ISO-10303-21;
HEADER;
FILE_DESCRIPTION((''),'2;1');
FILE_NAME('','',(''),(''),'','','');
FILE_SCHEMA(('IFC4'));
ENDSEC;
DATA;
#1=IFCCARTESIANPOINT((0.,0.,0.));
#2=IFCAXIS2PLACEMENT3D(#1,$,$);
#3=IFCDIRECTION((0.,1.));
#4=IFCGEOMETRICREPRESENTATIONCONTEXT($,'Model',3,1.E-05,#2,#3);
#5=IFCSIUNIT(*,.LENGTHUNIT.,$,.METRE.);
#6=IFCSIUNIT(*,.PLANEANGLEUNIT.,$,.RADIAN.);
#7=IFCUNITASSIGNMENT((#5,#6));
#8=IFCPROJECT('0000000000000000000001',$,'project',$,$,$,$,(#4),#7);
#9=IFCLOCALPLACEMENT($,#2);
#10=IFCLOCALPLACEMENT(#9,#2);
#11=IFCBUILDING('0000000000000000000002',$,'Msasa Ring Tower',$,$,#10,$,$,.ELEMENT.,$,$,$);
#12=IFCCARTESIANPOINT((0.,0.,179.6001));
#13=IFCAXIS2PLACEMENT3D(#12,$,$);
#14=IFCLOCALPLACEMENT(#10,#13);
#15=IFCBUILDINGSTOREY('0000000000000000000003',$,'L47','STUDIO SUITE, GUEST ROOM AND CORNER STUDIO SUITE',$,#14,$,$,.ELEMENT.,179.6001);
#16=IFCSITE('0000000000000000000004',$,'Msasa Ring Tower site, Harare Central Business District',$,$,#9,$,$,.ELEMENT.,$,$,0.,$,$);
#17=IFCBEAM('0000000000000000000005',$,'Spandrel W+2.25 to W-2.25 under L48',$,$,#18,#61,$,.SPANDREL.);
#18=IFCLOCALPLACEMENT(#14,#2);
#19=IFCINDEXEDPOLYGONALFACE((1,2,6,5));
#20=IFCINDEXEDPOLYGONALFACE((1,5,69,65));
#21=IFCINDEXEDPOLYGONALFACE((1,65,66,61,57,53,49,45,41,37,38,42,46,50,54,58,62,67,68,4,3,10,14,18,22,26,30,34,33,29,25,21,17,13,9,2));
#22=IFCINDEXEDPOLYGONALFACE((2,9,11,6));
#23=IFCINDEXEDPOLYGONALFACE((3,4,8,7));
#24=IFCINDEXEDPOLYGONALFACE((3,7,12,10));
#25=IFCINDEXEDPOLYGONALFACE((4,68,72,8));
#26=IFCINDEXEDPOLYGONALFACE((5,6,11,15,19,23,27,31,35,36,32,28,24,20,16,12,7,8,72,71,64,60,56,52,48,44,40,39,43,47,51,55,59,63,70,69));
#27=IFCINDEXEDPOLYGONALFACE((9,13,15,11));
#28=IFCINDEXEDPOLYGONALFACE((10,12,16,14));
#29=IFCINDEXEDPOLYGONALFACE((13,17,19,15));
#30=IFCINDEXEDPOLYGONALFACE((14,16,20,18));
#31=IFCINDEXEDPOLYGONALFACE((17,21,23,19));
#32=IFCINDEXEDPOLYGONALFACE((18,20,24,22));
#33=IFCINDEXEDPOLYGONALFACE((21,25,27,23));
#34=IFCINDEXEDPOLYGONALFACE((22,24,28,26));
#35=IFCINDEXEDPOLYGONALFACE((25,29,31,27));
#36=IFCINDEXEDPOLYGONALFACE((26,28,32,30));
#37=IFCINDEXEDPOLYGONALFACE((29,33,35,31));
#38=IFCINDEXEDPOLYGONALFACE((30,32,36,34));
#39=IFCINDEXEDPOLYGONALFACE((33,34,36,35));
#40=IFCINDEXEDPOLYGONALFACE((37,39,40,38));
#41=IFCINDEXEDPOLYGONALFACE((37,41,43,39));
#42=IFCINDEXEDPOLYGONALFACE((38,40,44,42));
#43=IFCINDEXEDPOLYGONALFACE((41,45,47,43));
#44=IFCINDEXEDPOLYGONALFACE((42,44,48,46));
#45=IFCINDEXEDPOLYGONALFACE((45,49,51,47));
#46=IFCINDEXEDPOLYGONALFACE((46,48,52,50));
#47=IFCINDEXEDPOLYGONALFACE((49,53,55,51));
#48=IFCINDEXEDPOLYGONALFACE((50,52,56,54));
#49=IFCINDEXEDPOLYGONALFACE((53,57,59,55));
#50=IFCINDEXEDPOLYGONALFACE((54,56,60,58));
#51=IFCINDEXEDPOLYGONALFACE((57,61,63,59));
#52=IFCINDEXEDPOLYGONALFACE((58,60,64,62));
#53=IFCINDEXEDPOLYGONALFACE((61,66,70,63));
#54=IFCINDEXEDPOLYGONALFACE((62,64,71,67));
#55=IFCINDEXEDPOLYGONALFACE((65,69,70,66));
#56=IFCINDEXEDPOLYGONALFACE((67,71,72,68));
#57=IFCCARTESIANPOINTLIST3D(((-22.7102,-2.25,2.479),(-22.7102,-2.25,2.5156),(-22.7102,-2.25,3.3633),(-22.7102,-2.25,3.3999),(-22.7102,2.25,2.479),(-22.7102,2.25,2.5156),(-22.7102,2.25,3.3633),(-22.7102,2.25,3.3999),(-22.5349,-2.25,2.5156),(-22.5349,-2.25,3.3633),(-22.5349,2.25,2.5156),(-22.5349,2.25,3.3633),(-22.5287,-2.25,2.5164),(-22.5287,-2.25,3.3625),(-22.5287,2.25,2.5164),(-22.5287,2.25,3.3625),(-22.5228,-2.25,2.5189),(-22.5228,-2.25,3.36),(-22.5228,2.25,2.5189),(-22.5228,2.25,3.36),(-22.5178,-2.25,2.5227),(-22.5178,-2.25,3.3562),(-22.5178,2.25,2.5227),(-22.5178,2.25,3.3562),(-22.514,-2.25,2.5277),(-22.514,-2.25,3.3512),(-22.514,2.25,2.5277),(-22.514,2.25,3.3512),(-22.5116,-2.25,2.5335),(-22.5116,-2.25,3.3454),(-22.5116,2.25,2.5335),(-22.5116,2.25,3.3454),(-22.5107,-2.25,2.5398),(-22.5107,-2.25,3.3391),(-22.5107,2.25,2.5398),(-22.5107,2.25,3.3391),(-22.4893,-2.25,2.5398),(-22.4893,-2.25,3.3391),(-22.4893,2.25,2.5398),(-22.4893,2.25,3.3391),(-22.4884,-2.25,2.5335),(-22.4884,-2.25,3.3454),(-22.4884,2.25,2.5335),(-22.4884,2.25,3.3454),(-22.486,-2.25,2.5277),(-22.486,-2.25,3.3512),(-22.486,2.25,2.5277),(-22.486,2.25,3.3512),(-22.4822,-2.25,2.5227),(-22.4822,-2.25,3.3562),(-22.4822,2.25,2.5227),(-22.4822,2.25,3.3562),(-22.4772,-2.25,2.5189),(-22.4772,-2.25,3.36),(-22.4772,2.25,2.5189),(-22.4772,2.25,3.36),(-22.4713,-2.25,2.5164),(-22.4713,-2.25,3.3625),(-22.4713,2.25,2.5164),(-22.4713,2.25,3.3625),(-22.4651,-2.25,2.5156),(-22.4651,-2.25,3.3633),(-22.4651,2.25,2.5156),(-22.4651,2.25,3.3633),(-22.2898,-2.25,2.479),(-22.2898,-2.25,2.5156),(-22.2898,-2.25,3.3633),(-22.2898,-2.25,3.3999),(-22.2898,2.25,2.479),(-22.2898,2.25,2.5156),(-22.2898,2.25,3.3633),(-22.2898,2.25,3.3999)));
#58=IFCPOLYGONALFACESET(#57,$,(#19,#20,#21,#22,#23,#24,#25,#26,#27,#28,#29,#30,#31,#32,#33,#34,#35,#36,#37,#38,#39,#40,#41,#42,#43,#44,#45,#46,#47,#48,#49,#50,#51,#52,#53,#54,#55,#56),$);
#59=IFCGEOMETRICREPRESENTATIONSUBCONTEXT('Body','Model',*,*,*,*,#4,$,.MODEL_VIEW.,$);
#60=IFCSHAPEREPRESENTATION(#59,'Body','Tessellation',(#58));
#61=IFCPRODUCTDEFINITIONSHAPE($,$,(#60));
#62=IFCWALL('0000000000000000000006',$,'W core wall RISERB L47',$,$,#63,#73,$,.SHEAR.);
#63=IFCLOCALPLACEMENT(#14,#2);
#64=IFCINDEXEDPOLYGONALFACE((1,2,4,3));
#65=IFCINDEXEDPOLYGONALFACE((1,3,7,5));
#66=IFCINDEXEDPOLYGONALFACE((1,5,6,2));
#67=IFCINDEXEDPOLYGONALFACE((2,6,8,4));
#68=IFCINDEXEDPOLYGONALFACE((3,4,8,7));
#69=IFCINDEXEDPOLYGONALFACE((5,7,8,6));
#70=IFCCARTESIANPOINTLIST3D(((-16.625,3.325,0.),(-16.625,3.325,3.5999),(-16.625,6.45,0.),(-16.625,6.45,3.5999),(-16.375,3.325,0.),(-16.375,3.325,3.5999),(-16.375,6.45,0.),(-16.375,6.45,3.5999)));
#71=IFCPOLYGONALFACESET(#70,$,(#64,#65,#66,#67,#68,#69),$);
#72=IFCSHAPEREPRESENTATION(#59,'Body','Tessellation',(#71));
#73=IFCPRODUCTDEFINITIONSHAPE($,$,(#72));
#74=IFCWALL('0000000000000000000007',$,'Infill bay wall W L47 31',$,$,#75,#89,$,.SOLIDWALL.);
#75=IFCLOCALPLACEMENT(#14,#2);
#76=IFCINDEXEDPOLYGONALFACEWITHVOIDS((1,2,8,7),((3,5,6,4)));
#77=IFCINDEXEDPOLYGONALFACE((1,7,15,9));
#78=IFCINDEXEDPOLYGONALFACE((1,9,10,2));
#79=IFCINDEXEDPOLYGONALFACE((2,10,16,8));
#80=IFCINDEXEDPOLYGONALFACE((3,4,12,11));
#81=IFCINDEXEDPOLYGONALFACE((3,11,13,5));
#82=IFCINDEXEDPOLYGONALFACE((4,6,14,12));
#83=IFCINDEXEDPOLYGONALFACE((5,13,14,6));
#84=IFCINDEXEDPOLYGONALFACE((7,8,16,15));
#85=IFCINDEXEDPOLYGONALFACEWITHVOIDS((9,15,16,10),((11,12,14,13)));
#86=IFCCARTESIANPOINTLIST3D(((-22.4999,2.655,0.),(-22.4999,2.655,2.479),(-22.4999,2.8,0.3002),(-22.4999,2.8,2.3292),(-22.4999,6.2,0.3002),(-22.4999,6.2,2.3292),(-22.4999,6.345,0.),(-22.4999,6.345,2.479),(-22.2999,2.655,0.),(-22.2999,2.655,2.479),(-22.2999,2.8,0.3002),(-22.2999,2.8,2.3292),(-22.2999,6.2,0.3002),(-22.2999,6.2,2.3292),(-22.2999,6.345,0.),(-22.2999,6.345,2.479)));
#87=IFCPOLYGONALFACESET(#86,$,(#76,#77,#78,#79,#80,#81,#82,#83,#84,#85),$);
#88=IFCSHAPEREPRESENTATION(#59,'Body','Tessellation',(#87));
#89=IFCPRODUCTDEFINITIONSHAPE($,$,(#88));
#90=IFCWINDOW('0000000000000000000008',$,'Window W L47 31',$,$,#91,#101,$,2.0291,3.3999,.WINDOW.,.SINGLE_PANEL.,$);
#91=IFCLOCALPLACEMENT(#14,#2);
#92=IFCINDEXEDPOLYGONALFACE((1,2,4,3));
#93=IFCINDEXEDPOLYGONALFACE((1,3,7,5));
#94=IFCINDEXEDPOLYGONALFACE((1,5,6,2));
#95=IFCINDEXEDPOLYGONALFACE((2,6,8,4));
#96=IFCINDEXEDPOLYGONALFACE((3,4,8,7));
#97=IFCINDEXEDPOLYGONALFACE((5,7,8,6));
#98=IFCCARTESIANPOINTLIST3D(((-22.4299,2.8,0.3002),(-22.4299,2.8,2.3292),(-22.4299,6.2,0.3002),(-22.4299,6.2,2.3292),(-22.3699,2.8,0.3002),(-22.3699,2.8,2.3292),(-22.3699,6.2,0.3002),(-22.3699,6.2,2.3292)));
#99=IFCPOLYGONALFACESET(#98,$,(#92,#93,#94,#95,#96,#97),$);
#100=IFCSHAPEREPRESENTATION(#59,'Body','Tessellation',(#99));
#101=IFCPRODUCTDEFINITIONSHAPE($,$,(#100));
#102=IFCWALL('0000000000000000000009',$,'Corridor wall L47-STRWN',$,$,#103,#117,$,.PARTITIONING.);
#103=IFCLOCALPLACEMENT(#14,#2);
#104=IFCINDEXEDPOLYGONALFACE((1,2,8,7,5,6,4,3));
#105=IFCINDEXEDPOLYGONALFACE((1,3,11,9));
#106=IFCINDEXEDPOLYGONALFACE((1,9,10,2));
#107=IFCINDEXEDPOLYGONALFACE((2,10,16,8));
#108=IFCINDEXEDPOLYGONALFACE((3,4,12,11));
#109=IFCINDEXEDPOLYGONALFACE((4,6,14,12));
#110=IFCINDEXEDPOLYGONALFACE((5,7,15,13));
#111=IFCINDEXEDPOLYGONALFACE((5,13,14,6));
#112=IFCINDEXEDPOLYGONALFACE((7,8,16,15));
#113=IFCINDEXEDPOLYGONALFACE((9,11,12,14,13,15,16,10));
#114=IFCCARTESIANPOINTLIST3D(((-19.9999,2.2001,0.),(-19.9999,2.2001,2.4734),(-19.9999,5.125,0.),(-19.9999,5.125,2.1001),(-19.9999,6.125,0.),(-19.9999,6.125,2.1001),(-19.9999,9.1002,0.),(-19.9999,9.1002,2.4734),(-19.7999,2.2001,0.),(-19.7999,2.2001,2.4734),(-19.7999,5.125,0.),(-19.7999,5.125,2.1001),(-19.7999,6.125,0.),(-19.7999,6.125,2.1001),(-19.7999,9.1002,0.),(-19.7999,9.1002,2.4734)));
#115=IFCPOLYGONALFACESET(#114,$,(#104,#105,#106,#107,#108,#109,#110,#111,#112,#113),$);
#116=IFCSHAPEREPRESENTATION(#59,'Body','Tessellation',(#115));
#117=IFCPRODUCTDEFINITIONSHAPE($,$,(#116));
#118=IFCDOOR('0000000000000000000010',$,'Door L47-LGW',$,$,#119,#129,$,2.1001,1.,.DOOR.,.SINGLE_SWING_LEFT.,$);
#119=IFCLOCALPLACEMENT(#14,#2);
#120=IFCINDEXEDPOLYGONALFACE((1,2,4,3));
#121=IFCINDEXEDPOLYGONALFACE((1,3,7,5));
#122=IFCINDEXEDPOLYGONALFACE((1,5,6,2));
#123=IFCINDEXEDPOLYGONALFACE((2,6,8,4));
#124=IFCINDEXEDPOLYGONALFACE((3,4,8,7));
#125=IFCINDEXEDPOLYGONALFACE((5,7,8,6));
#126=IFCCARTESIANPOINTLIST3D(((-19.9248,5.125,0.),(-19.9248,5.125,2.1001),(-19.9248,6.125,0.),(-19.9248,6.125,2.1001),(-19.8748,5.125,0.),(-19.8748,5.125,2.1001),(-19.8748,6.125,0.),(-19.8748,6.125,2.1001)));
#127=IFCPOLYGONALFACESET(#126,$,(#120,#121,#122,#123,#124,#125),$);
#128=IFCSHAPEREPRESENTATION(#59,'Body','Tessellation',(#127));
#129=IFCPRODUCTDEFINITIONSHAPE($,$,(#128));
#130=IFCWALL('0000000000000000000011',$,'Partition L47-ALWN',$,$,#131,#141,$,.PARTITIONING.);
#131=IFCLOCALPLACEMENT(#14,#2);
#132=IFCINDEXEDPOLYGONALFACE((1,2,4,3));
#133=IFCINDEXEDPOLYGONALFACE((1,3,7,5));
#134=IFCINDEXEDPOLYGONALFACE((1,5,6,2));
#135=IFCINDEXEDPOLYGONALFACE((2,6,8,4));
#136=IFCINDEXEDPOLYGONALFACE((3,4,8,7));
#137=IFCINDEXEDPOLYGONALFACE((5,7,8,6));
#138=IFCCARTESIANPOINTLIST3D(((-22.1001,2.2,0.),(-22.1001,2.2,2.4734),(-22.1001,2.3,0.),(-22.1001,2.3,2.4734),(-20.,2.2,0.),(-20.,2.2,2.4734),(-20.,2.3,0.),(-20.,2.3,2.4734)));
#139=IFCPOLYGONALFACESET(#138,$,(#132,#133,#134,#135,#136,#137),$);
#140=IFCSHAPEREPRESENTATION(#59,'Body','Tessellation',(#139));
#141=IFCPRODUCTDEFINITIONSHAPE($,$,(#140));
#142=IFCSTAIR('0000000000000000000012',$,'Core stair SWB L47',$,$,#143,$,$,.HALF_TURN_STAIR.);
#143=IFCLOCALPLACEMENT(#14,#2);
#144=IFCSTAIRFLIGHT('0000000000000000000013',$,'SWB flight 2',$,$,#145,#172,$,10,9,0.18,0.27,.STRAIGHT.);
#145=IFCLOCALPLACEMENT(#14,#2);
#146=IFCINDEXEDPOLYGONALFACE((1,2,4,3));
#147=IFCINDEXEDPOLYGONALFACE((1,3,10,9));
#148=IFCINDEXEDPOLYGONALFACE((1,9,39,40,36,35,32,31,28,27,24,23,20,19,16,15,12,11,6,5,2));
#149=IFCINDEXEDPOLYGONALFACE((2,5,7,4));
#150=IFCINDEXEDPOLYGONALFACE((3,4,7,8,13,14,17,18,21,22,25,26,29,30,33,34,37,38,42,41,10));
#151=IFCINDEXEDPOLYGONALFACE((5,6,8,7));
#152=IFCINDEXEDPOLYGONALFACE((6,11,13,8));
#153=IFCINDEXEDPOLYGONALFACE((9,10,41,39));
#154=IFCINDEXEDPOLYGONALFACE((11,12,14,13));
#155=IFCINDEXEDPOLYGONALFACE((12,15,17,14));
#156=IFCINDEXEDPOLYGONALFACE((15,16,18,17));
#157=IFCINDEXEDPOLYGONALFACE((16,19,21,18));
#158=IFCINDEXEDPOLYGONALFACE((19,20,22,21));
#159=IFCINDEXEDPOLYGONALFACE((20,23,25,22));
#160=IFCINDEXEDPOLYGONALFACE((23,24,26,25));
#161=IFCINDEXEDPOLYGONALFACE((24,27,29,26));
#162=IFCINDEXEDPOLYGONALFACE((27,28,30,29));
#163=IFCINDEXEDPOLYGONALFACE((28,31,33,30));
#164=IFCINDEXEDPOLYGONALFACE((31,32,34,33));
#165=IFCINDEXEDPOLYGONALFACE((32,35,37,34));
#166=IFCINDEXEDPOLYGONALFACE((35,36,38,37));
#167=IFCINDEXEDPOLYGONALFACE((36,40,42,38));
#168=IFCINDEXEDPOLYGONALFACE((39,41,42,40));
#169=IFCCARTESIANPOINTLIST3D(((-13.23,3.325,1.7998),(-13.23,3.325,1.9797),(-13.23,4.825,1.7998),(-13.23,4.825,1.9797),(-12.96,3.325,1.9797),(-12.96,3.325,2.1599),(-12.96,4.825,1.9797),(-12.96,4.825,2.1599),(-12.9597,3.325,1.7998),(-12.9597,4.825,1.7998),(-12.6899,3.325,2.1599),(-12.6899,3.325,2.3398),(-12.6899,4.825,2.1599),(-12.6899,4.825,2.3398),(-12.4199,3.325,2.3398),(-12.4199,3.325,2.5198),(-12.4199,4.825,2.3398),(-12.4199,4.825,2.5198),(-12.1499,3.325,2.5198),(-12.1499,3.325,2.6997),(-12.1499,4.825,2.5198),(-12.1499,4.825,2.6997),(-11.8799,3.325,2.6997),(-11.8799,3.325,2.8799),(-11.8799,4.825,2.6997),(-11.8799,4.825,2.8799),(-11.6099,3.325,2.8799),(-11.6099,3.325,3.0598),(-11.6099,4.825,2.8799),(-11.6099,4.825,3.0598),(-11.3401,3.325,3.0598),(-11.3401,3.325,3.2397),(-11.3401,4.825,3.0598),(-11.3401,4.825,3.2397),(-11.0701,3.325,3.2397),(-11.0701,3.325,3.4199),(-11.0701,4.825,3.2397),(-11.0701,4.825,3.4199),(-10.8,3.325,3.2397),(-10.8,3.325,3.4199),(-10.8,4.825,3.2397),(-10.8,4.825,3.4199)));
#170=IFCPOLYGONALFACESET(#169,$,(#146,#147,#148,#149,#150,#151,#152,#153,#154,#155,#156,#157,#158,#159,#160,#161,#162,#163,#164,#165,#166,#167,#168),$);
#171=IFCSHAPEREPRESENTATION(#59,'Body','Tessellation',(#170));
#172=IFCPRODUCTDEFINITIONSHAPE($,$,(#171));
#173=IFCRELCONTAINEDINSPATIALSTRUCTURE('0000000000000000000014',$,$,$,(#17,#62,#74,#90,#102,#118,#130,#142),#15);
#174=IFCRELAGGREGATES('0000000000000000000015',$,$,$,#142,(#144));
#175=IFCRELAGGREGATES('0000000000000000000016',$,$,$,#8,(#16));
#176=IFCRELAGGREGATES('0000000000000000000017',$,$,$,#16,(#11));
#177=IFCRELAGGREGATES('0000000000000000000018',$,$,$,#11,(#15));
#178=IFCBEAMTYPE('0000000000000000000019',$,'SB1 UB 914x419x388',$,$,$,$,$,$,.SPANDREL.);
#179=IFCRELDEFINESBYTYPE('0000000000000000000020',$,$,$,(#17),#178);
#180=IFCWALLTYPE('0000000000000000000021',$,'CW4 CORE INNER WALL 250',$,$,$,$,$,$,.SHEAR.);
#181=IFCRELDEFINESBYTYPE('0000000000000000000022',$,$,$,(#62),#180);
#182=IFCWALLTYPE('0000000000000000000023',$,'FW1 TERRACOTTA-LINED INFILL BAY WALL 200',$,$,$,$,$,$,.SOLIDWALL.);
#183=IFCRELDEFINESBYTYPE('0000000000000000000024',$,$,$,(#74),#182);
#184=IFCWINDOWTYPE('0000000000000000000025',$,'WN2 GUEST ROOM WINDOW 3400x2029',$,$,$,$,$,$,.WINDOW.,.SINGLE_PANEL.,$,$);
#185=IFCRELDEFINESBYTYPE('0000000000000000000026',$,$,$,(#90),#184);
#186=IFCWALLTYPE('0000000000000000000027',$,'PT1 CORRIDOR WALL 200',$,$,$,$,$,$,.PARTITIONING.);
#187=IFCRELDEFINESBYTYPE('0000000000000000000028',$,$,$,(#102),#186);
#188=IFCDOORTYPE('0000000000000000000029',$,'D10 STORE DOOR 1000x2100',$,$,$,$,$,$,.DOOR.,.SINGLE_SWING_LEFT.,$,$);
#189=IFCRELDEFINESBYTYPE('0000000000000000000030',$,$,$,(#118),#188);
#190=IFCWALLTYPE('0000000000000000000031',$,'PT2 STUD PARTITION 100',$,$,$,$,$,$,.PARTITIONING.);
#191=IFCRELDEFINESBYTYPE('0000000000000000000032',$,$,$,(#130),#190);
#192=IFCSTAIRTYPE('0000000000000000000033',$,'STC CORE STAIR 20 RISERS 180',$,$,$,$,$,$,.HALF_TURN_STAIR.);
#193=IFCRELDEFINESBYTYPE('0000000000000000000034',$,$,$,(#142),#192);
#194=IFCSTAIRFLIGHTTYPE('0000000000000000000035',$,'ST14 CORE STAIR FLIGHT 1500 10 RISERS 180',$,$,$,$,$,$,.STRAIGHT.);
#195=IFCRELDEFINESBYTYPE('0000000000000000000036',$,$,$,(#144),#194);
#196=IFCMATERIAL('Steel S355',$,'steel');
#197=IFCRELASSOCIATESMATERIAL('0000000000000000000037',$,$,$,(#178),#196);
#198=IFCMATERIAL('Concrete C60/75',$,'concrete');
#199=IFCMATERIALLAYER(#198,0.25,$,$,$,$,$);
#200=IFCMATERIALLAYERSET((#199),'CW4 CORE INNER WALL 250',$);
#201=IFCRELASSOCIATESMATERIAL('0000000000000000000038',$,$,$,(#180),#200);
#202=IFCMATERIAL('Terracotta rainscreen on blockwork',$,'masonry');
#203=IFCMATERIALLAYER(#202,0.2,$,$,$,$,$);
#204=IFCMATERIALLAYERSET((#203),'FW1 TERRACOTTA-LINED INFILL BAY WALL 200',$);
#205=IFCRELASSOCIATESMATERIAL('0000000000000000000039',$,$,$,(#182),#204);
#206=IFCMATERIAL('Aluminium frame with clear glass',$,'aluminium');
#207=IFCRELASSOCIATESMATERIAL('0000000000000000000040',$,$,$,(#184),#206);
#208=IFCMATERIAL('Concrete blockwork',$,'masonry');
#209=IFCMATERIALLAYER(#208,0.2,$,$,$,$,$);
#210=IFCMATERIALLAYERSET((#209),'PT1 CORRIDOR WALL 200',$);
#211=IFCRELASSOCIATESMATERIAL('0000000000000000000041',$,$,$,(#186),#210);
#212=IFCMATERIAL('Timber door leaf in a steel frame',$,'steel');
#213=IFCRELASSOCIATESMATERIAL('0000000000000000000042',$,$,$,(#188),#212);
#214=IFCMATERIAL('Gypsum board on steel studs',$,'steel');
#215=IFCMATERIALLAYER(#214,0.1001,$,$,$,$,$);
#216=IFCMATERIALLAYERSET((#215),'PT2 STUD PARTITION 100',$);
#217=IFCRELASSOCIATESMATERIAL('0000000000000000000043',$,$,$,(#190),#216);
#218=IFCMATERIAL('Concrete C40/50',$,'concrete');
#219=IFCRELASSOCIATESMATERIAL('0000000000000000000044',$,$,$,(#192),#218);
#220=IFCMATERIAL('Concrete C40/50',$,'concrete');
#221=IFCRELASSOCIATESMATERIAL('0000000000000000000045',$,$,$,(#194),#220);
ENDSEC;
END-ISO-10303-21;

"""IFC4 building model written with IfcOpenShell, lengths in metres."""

from ifc_helpers import new_model, si_unit, direction, frame, frame_2d, origin, origin_2d, place, context, subcontext, project, spatial, polyline, rectangle, i_section, outline, extrude, material, layer, layer_set, material_profile, profile_set, type_object, element, fill, aggregate, save


model = new_model("IFC4")

# Units and contexts
model_context = context("Model", 3, precision=1e-05, world=origin(), true_north=direction((0.0, 1.0)))
body_context = subcontext(model_context, "Body", "Model", "MODEL_VIEW")
ifc_project = project(units=[si_unit("LENGTHUNIT", "METRE"), si_unit("PLANEANGLEUNIT", "RADIAN")], contexts=[model_context])

# Site, building, storey
site_placement = place(None, origin())
site = spatial("IfcSite", under=ifc_project, at=site_placement, Name="Msasa Ring Tower site, Harare Central Business District", CompositionType="ELEMENT", RefElevation=0.0)
building_placement = place(site_placement, origin())
building = spatial("IfcBuilding", under=site, at=building_placement, Name="Msasa Ring Tower", CompositionType="ELEMENT")
storey_placement = place(building_placement, frame((0.0, 0.0, 179.6001)))
storey = spatial("IfcBuildingStorey", under=building, at=storey_placement, Name="L47", Description="STUDIO SUITE, GUEST ROOM AND CORNER STUDIO SUITE", CompositionType="ELEMENT", Elevation=179.6001)

# Beam
ifc_material_1 = material(Name="Steel S355", Category="steel")
ifc_material_profile_1 = material_profile(ifc_material_1, i_section(OverallWidth=0.4204, OverallDepth=0.9209, WebThickness=0.0215, FlangeThickness=0.0366, FilletRadius=0.0242, at=origin_2d()), Name="UB 914x419x388")
ifc_profile_set_1 = profile_set([ifc_material_profile_1], Name="Steel S355")
beam_type_1 = type_object("IfcBeamType", Name="SB1 UB 914x419x388", PredefinedType="SPANDREL", material=ifc_profile_set_1)
for number, where, z_axis, x_axis, name in (
    (1, (-22.5, 2.25, 2.9395), (0.0, -1.0, 0.0), (1.0, 0.0, 0.0), "Spandrel W+2.25 to W-2.25 under L48"),
):
    element("IfcBeam", number, at=place(storey_placement, frame(where, z_axis=z_axis, x_axis=x_axis)), inside=storey, type_object=beam_type_1, Name=name, PredefinedType="SPANDREL", context=body_context, shape_type="SweptSolid", body=[
        extrude(i_section(OverallWidth=0.4204, OverallDepth=0.9209, WebThickness=0.0215, FlangeThickness=0.0366, FilletRadius=0.0242, at=origin_2d()), origin(), (0.0, 0.0, 1.0), 4.5),
    ])

# Wall
ifc_material_2 = material(Name="Concrete C60/75", Category="concrete")
ifc_layer_1 = layer(ifc_material_2, 0.25)
ifc_layer_set_1 = layer_set([ifc_layer_1], Name="CW4 CORE INNER WALL 250")
wall_type_1 = type_object("IfcWallType", Name="CW4 CORE INNER WALL 250", PredefinedType="SHEAR", material=ifc_layer_set_1)
wall_1_placement = place(storey_placement, frame((-16.5, 3.325, 0.0), z_axis=(0.0, 0.0, 1.0), x_axis=(0.0, 1.0, 0.0)))
element("IfcWall", 2, at=wall_1_placement, inside=storey, type_object=wall_type_1, Name="W core wall RISERB L47", PredefinedType="SHEAR", context=body_context, shape_type="SweptSolid", body=[
    extrude(rectangle(XDim=3.125, YDim=0.25, at=frame_2d((1.5625, 0.0))), origin(), (0.0, 0.0, 1.0), 3.5999),
])

# Wall, opening, window
ifc_material_3 = material(Name="Terracotta rainscreen on blockwork", Category="masonry")
ifc_layer_2 = layer(ifc_material_3, 0.2)
ifc_layer_set_2 = layer_set([ifc_layer_2], Name="FW1 TERRACOTTA-LINED INFILL BAY WALL 200")
wall_type_2 = type_object("IfcWallType", Name="FW1 TERRACOTTA-LINED INFILL BAY WALL 200", PredefinedType="SOLIDWALL", material=ifc_layer_set_2)
wall_2_placement = place(storey_placement, frame((-22.3999, 2.655, 0.0), z_axis=(0.0, 0.0, 1.0), x_axis=(0.0, 1.0, 0.0)))
wall_2 = element("IfcWall", 3, at=wall_2_placement, inside=storey, type_object=wall_type_2, Name="Infill bay wall W L47 31", PredefinedType="SOLIDWALL", context=body_context, shape_type="SweptSolid", body=[
    extrude(rectangle(XDim=3.6899, YDim=0.2, at=frame_2d((1.845, 0.0))), origin(), (0.0, 0.0, 1.0), 2.479),
])
opening_1_placement = place(wall_2_placement, frame((0.145, 0.0, 0.3)))
opening_1 = element("IfcOpeningElement", 4, at=opening_1_placement, cuts=wall_2, PredefinedType="OPENING", context=body_context, shape_type="SweptSolid", body=[
    extrude(rectangle(XDim=3.3999, YDim=2.0291, at=frame_2d((1.7, 1.0146))), frame((0.0, 0.1099, 0.0), z_axis=(0.0, -1.0, 0.0), x_axis=(1.0, 0.0, 0.0)), (0.0, 0.0, 1.0), 0.22),
])
ifc_material_4 = material(Name="Aluminium frame with clear glass", Category="aluminium")
window_type = type_object("IfcWindowType", Name="WN2 GUEST ROOM WINDOW 3400x2029", PartitioningType="SINGLE_PANEL", PredefinedType="WINDOW", material=ifc_material_4)
window_placement = place(opening_1_placement, origin())
window = element("IfcWindow", 5, at=window_placement, inside=storey, type_object=window_type, Name="Window W L47 31", OverallHeight=2.0291, OverallWidth=3.3999, PartitioningType="SINGLE_PANEL", PredefinedType="WINDOW", context=body_context, shape_type="SweptSolid", body=[
    extrude(rectangle(XDim=3.3999, YDim=2.0291, at=frame_2d((1.7, 1.0146))), frame((0.0, 0.03, 0.0), z_axis=(0.0, -1.0, 0.0), x_axis=(1.0, 0.0, 0.0)), (0.0, 0.0, 1.0), 0.0601),
])
fill(opening_1, window)

# Wall, opening, door
ifc_material_5 = material(Name="Concrete blockwork", Category="masonry")
ifc_layer_3 = layer(ifc_material_5, 0.2)
ifc_layer_set_3 = layer_set([ifc_layer_3], Name="PT1 CORRIDOR WALL 200")
wall_type_3 = type_object("IfcWallType", Name="PT1 CORRIDOR WALL 200", PredefinedType="PARTITIONING", material=ifc_layer_set_3)
wall_3_placement = place(storey_placement, frame((-19.8999, 2.2, 0.0), z_axis=(0.0, 0.0, 1.0), x_axis=(0.0, 1.0, 0.0)))
wall_3 = element("IfcWall", 6, at=wall_3_placement, inside=storey, type_object=wall_type_3, Name="Corridor wall L47-STRWN", PredefinedType="PARTITIONING", context=body_context, shape_type="SweptSolid", body=[
    extrude(rectangle(XDim=6.9001, YDim=0.2, at=frame_2d((3.4502, 0.0))), origin(), (0.0, 0.0, 1.0), 2.4734),
])
opening_2_placement = place(wall_3_placement, frame((2.925, 0.0, 0.0)))
opening_2 = element("IfcOpeningElement", 7, at=opening_2_placement, cuts=wall_3, PredefinedType="OPENING", context=body_context, shape_type="SweptSolid", body=[
    extrude(rectangle(XDim=1.0, YDim=2.1001, at=frame_2d((0.5, 1.05))), frame((0.0, 0.1099, 0.0), z_axis=(0.0, -1.0, 0.0), x_axis=(1.0, 0.0, 0.0)), (0.0, 0.0, 1.0), 0.22),
])
ifc_material_6 = material(Name="Timber door leaf in a steel frame", Category="steel")
door_type = type_object("IfcDoorType", Name="D10 STORE DOOR 1000x2100", OperationType="SINGLE_SWING_LEFT", PredefinedType="DOOR", material=ifc_material_6)
door_placement = place(opening_2_placement, origin())
door = element("IfcDoor", 8, at=door_placement, inside=storey, type_object=door_type, Name="Door L47-LGW", OperationType="SINGLE_SWING_LEFT", OverallHeight=2.1001, OverallWidth=1.0, PredefinedType="DOOR", context=body_context, shape_type="SweptSolid", body=[
    extrude(rectangle(XDim=1.0, YDim=2.1001, at=frame_2d((0.5, 1.05))), frame((0.0, 0.0249, 0.0), z_axis=(0.0, -1.0, 0.0), x_axis=(1.0, 0.0, 0.0)), (0.0, 0.0, 1.0), 0.05),
])
fill(opening_2, door)

# Wall
ifc_material_7 = material(Name="Gypsum board on steel studs", Category="steel")
ifc_layer_4 = layer(ifc_material_7, 0.1001)
ifc_layer_set_4 = layer_set([ifc_layer_4], Name="PT2 STUD PARTITION 100")
wall_type_4 = type_object("IfcWallType", Name="PT2 STUD PARTITION 100", PredefinedType="PARTITIONING", material=ifc_layer_set_4)
wall_4_placement = place(storey_placement, frame((-22.1001, 2.25, 0.0), z_axis=(0.0, 0.0, 1.0), x_axis=(1.0, 0.0, 0.0)))
element("IfcWall", 9, at=wall_4_placement, inside=storey, type_object=wall_type_4, Name="Partition L47-ALWN", PredefinedType="PARTITIONING", context=body_context, shape_type="SweptSolid", body=[
    extrude(rectangle(XDim=2.1001, YDim=0.1001, at=frame_2d((1.05, 0.0))), origin(), (0.0, 0.0, 1.0), 2.4734),
])

# Stair, stair flight
ifc_material_8 = material(Name="Concrete C40/50", Category="concrete")
stair_type = type_object("IfcStairType", Name="STC CORE STAIR 20 RISERS 180", PredefinedType="HALF_TURN_STAIR", material=ifc_material_8)
stair_placement = place(storey_placement, origin())
stair = element("IfcStair", 10, at=stair_placement, inside=storey, type_object=stair_type, Name="Core stair SWB L47", PredefinedType="HALF_TURN_STAIR")
ifc_material_9 = material(Name="Concrete C40/50", Category="concrete")
stair_flight_type = type_object("IfcStairFlightType", Name="ST14 CORE STAIR FLIGHT 1500 10 RISERS 180", PredefinedType="STRAIGHT", material=ifc_material_9)
stair_flight_placement = place(storey_placement, frame((-13.23, 4.075, 1.7998), z_axis=(0.0, 0.0, 1.0), x_axis=(1.0, 0.0, 0.0)))
stair_flight = element("IfcStairFlight", 11, at=stair_flight_placement, type_object=stair_flight_type, Name="SWB flight 2", NumberOfRisers=10, NumberOfTreads=9, PredefinedType="STRAIGHT", RiserHeight=0.18, TreadLength=0.27, context=body_context, shape_type="SweptSolid", body=[
    extrude(outline(polyline([(0.0, 0.0), (0.0, 0.1799), (0.27, 0.1799), (0.27, 0.3601), (0.54, 0.3601), (0.54, 0.54), (0.8101, 0.54), (0.8101, 0.72), (1.0801, 0.72), (1.0801, 0.8999), (1.3501, 0.8999), (1.3501, 1.0801), (1.6201, 1.0801), (1.6201, 1.26), (1.8899, 1.26), (1.8899, 1.4399), (2.1599, 1.4399), (2.1599, 1.6201), (2.4299, 1.6201), (2.4299, 1.8), (2.4299, 1.4399), (0.2703, 0.0), (0.0, 0.0)])), frame((0.0, 0.75, 0.0), z_axis=(0.0, -1.0, 0.0), x_axis=(1.0, 0.0, 0.0)), (0.0, 0.0, 1.0), 1.5),
])
aggregate(stair, [stair_flight])

save(model, "model.ifc")
